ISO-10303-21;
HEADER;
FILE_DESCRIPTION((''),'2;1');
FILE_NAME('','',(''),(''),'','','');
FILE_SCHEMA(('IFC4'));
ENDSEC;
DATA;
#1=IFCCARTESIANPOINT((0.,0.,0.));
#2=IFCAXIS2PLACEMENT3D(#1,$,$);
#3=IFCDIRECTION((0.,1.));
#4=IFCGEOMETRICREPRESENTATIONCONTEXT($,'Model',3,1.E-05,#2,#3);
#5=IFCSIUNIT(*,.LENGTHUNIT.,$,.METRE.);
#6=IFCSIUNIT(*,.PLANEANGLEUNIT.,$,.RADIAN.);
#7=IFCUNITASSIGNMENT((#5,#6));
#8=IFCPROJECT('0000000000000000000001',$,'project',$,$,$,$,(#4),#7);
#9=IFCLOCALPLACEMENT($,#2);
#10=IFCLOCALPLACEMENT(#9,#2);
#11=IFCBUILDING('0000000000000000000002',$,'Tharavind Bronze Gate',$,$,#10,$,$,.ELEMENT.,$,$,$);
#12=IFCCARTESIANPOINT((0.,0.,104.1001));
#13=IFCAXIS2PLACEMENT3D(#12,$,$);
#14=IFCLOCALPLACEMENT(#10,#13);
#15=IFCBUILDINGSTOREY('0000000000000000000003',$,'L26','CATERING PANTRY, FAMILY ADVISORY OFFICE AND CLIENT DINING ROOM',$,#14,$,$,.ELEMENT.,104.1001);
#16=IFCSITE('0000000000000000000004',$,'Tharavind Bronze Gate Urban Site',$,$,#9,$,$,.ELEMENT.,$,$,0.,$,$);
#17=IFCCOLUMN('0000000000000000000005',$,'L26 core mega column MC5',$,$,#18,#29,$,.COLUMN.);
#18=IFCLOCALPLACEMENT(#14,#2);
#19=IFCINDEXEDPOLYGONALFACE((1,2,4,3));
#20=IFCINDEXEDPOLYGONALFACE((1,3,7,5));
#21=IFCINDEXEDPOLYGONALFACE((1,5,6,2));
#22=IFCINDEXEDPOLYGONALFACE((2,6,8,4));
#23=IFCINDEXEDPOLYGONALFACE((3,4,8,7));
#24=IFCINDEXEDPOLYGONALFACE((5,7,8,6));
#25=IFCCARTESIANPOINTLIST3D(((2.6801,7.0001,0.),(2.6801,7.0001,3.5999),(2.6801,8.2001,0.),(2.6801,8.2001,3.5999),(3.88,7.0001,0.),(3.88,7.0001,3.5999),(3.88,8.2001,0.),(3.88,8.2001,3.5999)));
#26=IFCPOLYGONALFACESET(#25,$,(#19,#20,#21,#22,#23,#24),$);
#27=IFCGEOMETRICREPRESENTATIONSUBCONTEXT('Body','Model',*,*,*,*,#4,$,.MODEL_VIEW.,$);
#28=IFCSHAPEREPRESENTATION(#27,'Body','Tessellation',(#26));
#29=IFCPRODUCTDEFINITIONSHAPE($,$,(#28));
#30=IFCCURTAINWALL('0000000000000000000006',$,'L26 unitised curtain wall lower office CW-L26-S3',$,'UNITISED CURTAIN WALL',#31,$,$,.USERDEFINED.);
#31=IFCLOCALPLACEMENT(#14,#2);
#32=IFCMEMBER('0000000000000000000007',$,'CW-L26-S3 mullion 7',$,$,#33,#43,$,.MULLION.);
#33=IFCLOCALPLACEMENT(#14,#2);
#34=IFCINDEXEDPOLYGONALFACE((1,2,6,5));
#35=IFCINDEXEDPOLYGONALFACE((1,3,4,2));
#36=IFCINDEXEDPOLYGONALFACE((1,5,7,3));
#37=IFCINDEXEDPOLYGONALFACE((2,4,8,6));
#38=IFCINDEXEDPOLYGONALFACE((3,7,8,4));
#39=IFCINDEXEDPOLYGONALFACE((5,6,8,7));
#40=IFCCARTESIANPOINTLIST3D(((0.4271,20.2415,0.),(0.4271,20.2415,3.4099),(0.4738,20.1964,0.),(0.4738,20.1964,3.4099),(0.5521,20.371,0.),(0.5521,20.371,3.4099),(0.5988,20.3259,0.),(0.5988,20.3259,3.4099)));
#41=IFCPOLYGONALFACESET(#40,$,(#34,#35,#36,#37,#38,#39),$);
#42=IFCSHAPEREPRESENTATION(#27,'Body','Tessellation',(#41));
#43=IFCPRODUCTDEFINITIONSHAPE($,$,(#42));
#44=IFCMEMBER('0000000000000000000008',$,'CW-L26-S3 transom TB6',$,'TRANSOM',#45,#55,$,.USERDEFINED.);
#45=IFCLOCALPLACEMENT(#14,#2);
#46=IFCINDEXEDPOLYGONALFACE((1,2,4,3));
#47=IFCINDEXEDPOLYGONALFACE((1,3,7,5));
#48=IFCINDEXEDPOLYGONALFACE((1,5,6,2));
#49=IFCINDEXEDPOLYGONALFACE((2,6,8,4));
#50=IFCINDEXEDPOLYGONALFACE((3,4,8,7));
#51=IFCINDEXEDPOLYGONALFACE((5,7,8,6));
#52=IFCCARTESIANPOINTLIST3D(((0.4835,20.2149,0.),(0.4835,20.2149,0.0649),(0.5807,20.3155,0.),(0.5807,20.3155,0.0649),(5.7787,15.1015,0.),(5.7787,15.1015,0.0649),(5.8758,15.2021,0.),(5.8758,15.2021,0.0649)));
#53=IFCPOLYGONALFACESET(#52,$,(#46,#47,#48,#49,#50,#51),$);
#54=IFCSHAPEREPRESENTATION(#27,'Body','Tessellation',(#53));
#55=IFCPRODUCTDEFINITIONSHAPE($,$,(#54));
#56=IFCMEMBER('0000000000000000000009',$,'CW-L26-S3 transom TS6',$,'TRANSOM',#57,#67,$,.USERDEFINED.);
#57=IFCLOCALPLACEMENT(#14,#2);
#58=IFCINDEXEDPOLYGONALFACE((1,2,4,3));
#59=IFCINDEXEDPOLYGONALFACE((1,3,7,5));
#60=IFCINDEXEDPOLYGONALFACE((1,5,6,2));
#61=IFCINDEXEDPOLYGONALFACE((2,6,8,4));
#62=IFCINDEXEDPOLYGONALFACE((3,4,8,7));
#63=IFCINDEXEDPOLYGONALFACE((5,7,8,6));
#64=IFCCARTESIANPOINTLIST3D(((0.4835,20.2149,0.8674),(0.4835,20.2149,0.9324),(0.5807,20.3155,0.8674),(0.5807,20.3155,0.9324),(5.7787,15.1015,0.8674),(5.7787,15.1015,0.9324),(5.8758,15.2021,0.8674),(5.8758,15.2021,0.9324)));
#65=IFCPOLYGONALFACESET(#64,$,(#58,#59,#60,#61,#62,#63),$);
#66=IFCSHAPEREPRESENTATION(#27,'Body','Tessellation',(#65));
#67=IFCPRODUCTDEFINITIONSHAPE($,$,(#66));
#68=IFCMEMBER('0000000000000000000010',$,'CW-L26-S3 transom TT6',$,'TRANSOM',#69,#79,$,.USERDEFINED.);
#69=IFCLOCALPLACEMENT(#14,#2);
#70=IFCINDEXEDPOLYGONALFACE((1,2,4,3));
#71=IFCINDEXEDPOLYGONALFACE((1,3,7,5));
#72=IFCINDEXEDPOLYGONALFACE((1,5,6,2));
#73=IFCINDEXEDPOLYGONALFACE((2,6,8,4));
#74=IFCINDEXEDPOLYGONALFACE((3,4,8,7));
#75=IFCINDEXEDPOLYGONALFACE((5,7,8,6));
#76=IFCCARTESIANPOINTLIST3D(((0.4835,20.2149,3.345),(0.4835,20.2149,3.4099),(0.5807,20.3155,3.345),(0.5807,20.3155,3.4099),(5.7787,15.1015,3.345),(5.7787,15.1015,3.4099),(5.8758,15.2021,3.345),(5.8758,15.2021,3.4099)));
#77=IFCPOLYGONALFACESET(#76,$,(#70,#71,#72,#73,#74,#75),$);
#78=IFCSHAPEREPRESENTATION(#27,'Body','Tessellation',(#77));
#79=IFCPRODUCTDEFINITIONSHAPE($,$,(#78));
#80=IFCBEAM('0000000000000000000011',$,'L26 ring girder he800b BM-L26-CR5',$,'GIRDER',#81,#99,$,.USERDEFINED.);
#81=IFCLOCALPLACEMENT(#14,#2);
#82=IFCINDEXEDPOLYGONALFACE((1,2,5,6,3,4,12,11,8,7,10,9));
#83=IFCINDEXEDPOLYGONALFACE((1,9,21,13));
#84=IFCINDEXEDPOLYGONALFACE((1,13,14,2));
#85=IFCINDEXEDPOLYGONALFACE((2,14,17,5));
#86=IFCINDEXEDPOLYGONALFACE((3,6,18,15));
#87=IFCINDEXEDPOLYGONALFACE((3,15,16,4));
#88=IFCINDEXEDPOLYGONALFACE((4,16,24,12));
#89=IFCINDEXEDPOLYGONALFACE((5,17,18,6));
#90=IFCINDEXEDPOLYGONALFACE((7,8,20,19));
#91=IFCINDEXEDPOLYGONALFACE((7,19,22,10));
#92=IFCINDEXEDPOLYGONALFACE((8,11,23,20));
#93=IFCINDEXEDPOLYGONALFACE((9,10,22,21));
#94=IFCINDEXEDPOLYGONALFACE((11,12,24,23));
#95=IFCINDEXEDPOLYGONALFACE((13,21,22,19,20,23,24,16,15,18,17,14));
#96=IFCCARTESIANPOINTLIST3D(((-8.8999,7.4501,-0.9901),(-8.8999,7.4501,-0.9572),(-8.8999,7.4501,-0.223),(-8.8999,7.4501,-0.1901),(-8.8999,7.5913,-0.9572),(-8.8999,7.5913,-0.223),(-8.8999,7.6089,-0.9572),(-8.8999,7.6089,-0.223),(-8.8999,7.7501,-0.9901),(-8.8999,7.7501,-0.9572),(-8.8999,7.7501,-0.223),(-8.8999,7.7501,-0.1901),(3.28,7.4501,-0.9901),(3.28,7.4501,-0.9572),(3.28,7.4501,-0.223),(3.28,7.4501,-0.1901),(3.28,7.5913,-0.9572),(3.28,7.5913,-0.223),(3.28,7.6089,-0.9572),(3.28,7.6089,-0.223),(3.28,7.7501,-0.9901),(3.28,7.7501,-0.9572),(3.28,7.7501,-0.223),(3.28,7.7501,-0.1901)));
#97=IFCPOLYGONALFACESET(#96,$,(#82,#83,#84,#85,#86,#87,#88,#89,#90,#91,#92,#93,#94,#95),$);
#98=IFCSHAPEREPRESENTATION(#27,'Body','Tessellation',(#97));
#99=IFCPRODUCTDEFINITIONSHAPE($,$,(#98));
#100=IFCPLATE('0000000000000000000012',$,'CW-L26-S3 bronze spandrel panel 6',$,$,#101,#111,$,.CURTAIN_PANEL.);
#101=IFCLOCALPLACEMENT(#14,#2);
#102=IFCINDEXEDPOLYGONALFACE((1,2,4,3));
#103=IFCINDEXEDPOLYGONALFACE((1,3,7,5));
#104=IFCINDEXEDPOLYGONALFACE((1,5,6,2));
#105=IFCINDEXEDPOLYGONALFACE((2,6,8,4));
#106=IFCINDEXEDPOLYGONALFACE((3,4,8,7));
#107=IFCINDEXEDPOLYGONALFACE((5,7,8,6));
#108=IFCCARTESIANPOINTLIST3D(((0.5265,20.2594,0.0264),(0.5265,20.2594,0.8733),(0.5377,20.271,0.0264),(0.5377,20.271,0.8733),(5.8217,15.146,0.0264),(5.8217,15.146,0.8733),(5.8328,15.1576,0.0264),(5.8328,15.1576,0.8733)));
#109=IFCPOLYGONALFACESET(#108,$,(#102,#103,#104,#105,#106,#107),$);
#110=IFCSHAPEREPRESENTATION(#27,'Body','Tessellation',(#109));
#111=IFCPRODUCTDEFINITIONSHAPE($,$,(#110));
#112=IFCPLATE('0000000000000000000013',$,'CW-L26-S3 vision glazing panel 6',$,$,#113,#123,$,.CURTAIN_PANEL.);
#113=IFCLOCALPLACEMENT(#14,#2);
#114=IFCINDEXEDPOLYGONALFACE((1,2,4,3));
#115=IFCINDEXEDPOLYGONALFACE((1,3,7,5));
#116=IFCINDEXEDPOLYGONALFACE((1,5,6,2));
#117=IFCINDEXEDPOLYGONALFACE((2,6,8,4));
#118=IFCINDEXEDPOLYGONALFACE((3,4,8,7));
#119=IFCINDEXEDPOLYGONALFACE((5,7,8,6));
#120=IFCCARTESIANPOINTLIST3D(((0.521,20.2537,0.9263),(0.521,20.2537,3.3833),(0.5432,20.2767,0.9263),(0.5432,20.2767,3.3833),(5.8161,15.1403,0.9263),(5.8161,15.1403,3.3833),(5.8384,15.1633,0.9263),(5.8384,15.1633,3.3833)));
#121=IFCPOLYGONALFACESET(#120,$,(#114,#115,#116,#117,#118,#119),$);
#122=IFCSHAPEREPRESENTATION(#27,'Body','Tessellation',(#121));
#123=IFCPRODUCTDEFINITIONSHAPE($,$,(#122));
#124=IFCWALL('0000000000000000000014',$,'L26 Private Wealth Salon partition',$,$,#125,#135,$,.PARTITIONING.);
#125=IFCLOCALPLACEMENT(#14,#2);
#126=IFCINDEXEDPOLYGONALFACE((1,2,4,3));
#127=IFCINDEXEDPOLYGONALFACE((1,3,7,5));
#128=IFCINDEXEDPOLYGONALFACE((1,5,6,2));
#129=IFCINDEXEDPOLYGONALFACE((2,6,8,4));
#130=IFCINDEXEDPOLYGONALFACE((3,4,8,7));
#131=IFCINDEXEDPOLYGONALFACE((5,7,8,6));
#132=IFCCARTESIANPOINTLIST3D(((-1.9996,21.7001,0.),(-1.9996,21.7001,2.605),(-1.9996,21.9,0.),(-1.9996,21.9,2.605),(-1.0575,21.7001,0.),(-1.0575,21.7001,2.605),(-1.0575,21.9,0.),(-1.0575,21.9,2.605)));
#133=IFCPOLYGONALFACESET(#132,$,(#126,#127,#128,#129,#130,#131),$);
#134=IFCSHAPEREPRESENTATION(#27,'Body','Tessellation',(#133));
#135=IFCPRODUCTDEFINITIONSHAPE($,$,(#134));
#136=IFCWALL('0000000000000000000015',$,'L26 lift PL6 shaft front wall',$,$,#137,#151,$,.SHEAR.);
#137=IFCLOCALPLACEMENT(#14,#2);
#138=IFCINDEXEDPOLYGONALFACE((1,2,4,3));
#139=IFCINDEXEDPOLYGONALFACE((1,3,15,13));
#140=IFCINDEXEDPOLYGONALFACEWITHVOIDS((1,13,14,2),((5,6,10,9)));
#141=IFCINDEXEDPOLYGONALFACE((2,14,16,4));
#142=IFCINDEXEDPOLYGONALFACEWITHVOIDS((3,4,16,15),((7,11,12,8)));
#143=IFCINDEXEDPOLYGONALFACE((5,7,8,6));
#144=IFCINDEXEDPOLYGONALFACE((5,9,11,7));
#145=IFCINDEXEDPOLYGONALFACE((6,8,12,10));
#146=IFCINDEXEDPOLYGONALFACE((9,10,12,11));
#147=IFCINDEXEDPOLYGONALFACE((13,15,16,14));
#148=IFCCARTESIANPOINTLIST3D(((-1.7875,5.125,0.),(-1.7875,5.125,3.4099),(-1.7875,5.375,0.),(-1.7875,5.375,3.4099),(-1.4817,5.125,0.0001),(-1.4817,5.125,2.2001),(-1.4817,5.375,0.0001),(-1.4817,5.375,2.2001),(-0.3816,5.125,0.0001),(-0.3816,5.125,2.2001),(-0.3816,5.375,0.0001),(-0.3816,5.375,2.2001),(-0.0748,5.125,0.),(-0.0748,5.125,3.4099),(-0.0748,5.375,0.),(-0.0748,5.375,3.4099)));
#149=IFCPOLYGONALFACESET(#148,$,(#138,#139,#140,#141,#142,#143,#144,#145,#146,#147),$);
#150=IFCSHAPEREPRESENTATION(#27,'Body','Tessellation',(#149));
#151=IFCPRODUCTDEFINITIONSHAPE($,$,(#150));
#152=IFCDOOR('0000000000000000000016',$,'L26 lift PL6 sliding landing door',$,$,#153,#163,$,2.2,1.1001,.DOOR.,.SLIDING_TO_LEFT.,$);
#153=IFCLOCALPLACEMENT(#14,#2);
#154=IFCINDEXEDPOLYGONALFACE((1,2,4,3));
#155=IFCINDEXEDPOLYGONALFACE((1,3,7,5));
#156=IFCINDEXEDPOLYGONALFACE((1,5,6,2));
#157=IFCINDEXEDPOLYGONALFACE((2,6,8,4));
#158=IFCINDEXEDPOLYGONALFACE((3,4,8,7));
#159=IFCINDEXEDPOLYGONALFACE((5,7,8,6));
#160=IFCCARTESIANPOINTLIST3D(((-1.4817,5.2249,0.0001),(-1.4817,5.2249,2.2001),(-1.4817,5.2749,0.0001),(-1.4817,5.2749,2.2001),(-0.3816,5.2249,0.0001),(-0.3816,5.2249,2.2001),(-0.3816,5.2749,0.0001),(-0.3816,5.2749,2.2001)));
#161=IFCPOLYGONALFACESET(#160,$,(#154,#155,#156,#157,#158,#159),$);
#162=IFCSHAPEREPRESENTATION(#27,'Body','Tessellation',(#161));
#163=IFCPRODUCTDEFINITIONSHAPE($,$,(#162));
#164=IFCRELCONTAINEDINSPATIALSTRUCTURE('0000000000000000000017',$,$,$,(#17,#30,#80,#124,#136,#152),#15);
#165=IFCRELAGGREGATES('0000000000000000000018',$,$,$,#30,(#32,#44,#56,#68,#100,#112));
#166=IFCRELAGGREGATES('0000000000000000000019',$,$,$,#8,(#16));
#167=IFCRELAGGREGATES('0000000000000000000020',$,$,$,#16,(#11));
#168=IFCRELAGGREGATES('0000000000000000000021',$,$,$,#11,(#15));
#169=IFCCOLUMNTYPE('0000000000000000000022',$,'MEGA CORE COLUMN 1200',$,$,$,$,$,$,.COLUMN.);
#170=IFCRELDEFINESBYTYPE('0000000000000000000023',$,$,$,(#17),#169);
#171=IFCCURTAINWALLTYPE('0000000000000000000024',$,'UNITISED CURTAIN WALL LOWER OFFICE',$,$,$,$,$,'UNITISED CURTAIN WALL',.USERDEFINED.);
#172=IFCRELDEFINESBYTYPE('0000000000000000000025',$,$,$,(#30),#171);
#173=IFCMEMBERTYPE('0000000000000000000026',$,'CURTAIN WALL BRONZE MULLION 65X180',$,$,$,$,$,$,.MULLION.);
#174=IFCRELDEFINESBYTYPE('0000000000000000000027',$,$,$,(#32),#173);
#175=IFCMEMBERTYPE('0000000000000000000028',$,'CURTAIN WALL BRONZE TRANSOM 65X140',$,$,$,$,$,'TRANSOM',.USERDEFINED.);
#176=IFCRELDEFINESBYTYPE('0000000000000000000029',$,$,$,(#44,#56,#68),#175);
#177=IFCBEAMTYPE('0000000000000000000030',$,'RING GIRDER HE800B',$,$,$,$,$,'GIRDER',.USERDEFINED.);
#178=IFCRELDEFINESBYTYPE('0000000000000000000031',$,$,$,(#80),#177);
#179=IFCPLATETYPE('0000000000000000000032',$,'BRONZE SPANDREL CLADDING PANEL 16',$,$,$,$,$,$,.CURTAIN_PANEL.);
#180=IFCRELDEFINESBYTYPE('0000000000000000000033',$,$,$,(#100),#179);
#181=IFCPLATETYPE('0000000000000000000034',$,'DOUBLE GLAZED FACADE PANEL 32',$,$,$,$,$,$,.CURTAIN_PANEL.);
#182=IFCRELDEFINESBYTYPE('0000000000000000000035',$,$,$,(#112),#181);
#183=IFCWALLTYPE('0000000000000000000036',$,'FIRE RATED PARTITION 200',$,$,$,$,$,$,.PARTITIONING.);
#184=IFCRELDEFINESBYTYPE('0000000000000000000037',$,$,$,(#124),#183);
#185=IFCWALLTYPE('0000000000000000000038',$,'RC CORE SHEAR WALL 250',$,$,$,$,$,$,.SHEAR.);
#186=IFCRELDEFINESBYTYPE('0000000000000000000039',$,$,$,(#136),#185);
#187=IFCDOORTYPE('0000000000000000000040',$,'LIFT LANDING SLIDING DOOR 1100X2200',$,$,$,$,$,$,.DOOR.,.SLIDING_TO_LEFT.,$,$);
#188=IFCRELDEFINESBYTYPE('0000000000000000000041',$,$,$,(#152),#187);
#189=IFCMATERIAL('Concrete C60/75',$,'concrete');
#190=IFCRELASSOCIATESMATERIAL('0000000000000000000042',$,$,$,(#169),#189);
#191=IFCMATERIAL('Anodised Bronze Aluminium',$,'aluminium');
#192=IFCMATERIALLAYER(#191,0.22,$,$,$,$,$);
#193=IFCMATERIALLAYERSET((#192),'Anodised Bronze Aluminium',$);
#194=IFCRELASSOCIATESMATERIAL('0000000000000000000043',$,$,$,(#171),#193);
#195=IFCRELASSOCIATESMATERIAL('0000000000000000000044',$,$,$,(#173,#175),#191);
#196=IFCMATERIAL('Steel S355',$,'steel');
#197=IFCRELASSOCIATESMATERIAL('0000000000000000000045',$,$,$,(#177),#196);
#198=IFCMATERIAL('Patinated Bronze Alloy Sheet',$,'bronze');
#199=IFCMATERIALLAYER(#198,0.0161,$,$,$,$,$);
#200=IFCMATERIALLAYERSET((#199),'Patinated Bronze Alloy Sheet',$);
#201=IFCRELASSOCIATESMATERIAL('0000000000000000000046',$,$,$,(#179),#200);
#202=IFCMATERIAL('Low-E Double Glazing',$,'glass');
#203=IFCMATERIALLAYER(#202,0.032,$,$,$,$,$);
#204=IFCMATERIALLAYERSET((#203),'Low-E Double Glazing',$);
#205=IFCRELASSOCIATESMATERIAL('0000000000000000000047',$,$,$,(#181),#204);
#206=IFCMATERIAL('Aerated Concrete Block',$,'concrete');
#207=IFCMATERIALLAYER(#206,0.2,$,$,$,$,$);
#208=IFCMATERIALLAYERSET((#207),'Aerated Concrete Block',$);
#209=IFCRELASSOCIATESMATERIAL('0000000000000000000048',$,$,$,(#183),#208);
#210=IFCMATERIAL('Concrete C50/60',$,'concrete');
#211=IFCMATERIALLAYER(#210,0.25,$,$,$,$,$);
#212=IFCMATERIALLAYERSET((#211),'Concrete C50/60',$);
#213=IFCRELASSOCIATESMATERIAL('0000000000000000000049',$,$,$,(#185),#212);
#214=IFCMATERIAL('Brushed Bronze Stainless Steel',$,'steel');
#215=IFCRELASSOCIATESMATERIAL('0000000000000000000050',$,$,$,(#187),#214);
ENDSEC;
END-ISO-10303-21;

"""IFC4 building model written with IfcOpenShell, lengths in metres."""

from ifc_helpers import new_model, si_unit, direction, frame, frame_2d, origin, origin_2d, place, context, subcontext, project, spatial, rectangle, i_section, extrude, material, layer, layer_set, material_profile, profile_set, type_object, element, fill, aggregate, save


model = new_model("IFC4")

# Units and contexts
model_context = context("Model", 3, precision=1e-05, world=origin(), true_north=direction((0.0, 1.0)))
body_context = subcontext(model_context, "Body", "Model", "MODEL_VIEW")
ifc_project = project(units=[si_unit("LENGTHUNIT", "METRE"), si_unit("PLANEANGLEUNIT", "RADIAN")], contexts=[model_context])

# Site, building, storey
site_placement = place(None, origin())
site = spatial("IfcSite", under=ifc_project, at=site_placement, Name="Tharavind Bronze Gate Urban Site", CompositionType="ELEMENT", RefElevation=0.0)
building_placement = place(site_placement, origin())
building = spatial("IfcBuilding", under=site, at=building_placement, Name="Tharavind Bronze Gate", CompositionType="ELEMENT")
storey_placement = place(building_placement, frame((0.0, 0.0, 104.1001)))
storey = spatial("IfcBuildingStorey", under=building, at=storey_placement, Name="L26", Description="CATERING PANTRY, FAMILY ADVISORY OFFICE AND CLIENT DINING ROOM", CompositionType="ELEMENT", Elevation=104.1001)

# Column
ifc_material_1 = material(Name="Concrete C60/75", Category="concrete")
ifc_material_profile_1 = material_profile(ifc_material_1, rectangle(XDim=1.2, YDim=1.2, at=origin_2d()), Name="RCCOL1200")
ifc_profile_set_1 = profile_set([ifc_material_profile_1], Name="Concrete C60/75")
column_type = type_object("IfcColumnType", Name="MEGA CORE COLUMN 1200", PredefinedType="COLUMN", material=ifc_profile_set_1)
column_placement = place(storey_placement, frame((3.28, 7.6001, 0.0), z_axis=(0.0, 0.0, 1.0), x_axis=(1.0, 0.0, 0.0)))
element("IfcColumn", 1, at=column_placement, inside=storey, type_object=column_type, Name="L26 core mega column MC5", PredefinedType="COLUMN", context=body_context, shape_type="SweptSolid", body=[
    extrude(rectangle(XDim=1.2, YDim=1.2, at=origin_2d()), origin(), (0.0, 0.0, 1.0), 3.5999),
])

# Curtain wall, members
ifc_material_2 = material(Name="Anodised Bronze Aluminium", Category="aluminium")
ifc_layer_1 = layer(ifc_material_2, 0.22)
ifc_layer_set_1 = layer_set([ifc_layer_1], Name="Anodised Bronze Aluminium")
curtain_wall_type = type_object("IfcCurtainWallType", Name="UNITISED CURTAIN WALL LOWER OFFICE", ElementType="UNITISED CURTAIN WALL", PredefinedType="USERDEFINED", material=ifc_layer_set_1)
curtain_wall_placement = place(storey_placement, origin())
curtain_wall = element("IfcCurtainWall", 2, at=curtain_wall_placement, inside=storey, type_object=curtain_wall_type, Name="L26 unitised curtain wall lower office CW-L26-S3", ObjectType="UNITISED CURTAIN WALL", PredefinedType="USERDEFINED")
member_type_1 = type_object("IfcMemberType", Name="CURTAIN WALL BRONZE MULLION 65X180", PredefinedType="MULLION", material=ifc_material_2)
member_1_placement = place(storey_placement, frame((0.5129, 20.2837, 0.0), z_axis=(0.0, 0.0, 1.0), x_axis=(-0.719341, 0.694657, 0.0)))
member_1 = element("IfcMember", 3, at=member_1_placement, type_object=member_type_1, Name="CW-L26-S3 mullion 7", PredefinedType="MULLION", context=body_context, shape_type="SweptSolid", body=[
    extrude(rectangle(XDim=0.0649, YDim=0.1799, at=origin_2d()), origin(), (0.0, 0.0, 1.0), 3.4099),
])
member_type_2 = type_object("IfcMemberType", Name="CURTAIN WALL BRONZE TRANSOM 65X140", ElementType="TRANSOM", PredefinedType="USERDEFINED", material=ifc_material_2)
member_2_placement = place(storey_placement, frame((3.1797, 17.7085, 0.0), z_axis=(0.0, 0.0, 1.0), x_axis=(-0.719341, 0.694657, 0.0)))
member_2 = element("IfcMember", 4, at=member_2_placement, type_object=member_type_2, Name="CW-L26-S3 transom TB6", ObjectType="TRANSOM", PredefinedType="USERDEFINED", context=body_context, shape_type="SweptSolid", body=[
    extrude(rectangle(XDim=7.3611, YDim=0.1399, at=origin_2d()), origin(), (0.0, 0.0, 1.0), 0.0649),
])
member_3_placement = place(storey_placement, frame((3.1797, 17.7085, 0.8674), z_axis=(0.0, 0.0, 1.0), x_axis=(-0.719341, 0.694657, 0.0)))
member_3 = element("IfcMember", 5, at=member_3_placement, type_object=member_type_2, Name="CW-L26-S3 transom TS6", ObjectType="TRANSOM", PredefinedType="USERDEFINED", context=body_context, shape_type="SweptSolid", body=[
    extrude(rectangle(XDim=7.3611, YDim=0.1399, at=origin_2d()), origin(), (0.0, 0.0, 1.0), 0.0649),
])
member_4_placement = place(storey_placement, frame((3.1797, 17.7085, 3.345), z_axis=(0.0, 0.0, 1.0), x_axis=(-0.719341, 0.694657, 0.0)))
member_4 = element("IfcMember", 6, at=member_4_placement, type_object=member_type_2, Name="CW-L26-S3 transom TT6", ObjectType="TRANSOM", PredefinedType="USERDEFINED", context=body_context, shape_type="SweptSolid", body=[
    extrude(rectangle(XDim=7.3611, YDim=0.1399, at=origin_2d()), origin(), (0.0, 0.0, 1.0), 0.0649),
])

# Beam
ifc_material_3 = material(Name="Steel S355", Category="steel")
ifc_material_profile_2 = material_profile(ifc_material_3, i_section(OverallWidth=0.3, OverallDepth=0.8, WebThickness=0.0176, FlangeThickness=0.033, at=origin_2d()), Name="HE800B")
ifc_profile_set_2 = profile_set([ifc_material_profile_2], Name="Steel S355")
beam_type = type_object("IfcBeamType", Name="RING GIRDER HE800B", ElementType="GIRDER", PredefinedType="USERDEFINED", material=ifc_profile_set_2)
beam_placement = place(storey_placement, frame((3.28, 7.6001, -0.5901), z_axis=(-1.0, 0.0, 0.0), x_axis=(0.0, -1.0, 0.0)))
element("IfcBeam", 7, at=beam_placement, inside=storey, type_object=beam_type, Name="L26 ring girder he800b BM-L26-CR5", ObjectType="GIRDER", PredefinedType="USERDEFINED", context=body_context, shape_type="SweptSolid", body=[
    extrude(i_section(OverallWidth=0.3, OverallDepth=0.8, WebThickness=0.0176, FlangeThickness=0.033, at=origin_2d()), origin(), (0.0, 0.0, 1.0), 12.1799),
])

# Plates
ifc_material_4 = material(Name="Patinated Bronze Alloy Sheet", Category="bronze")
ifc_layer_2 = layer(ifc_material_4, 0.0161)
ifc_layer_set_2 = layer_set([ifc_layer_2], Name="Patinated Bronze Alloy Sheet")
plate_type_1 = type_object("IfcPlateType", Name="BRONZE SPANDREL CLADDING PANEL 16", PredefinedType="CURTAIN_PANEL", material=ifc_layer_set_2)
plate_1_placement = place(storey_placement, frame((3.1797, 17.7085, 0.0264), z_axis=(0.0, 0.0, 1.0), x_axis=(-0.719341, 0.694657, 0.0)))
plate_1 = element("IfcPlate", 8, at=plate_1_placement, type_object=plate_type_1, Name="CW-L26-S3 bronze spandrel panel 6", PredefinedType="CURTAIN_PANEL", context=body_context, shape_type="SweptSolid", body=[
    extrude(rectangle(XDim=7.3611, YDim=0.0161, at=origin_2d()), origin(), (0.0, 0.0, 1.0), 0.8469),
])
ifc_material_5 = material(Name="Low-E Double Glazing", Category="glass")
ifc_layer_3 = layer(ifc_material_5, 0.032)
ifc_layer_set_3 = layer_set([ifc_layer_3], Name="Low-E Double Glazing")
plate_type_2 = type_object("IfcPlateType", Name="DOUBLE GLAZED FACADE PANEL 32", PredefinedType="CURTAIN_PANEL", material=ifc_layer_set_3)
plate_2_placement = place(storey_placement, frame((3.1797, 17.7085, 0.9263), z_axis=(0.0, 0.0, 1.0), x_axis=(-0.719341, 0.694657, 0.0)))
plate_2 = element("IfcPlate", 9, at=plate_2_placement, type_object=plate_type_2, Name="CW-L26-S3 vision glazing panel 6", PredefinedType="CURTAIN_PANEL", context=body_context, shape_type="SweptSolid", body=[
    extrude(rectangle(XDim=7.3611, YDim=0.032, at=origin_2d()), origin(), (0.0, 0.0, 1.0), 2.457),
])
aggregate(curtain_wall, [member_1, member_2, member_3, member_4, plate_1, plate_2])

# Wall
ifc_material_6 = material(Name="Aerated Concrete Block", Category="concrete")
ifc_layer_4 = layer(ifc_material_6, 0.2)
ifc_layer_set_4 = layer_set([ifc_layer_4], Name="Aerated Concrete Block")
wall_type_1 = type_object("IfcWallType", Name="FIRE RATED PARTITION 200", PredefinedType="PARTITIONING", material=ifc_layer_set_4)
wall_1_placement = place(storey_placement, frame((-1.0574, 21.8, 0.0), z_axis=(0.0, 0.0, 1.0), x_axis=(-1.0, 0.0, 0.0)))
element("IfcWall", 10, at=wall_1_placement, inside=storey, type_object=wall_type_1, Name="L26 Private Wealth Salon partition", PredefinedType="PARTITIONING", context=body_context, shape_type="SweptSolid", body=[
    extrude(rectangle(XDim=0.9421, YDim=0.2, at=frame_2d((0.4712, 0.0))), origin(), (0.0, 0.0, 1.0), 2.605),
])

# Wall, opening, door
ifc_material_7 = material(Name="Concrete C50/60", Category="concrete")
ifc_layer_5 = layer(ifc_material_7, 0.25)
ifc_layer_set_5 = layer_set([ifc_layer_5], Name="Concrete C50/60")
wall_type_2 = type_object("IfcWallType", Name="RC CORE SHEAR WALL 250", PredefinedType="SHEAR", material=ifc_layer_set_5)
wall_2_placement = place(storey_placement, frame((-1.7876, 5.25, 0.0), z_axis=(0.0, 0.0, 1.0), x_axis=(1.0, 0.0, 0.0)))
wall_2 = element("IfcWall", 11, at=wall_2_placement, inside=storey, type_object=wall_type_2, Name="L26 lift PL6 shaft front wall", PredefinedType="SHEAR", context=body_context, shape_type="SweptSolid", body=[
    extrude(rectangle(XDim=1.7126, YDim=0.25, at=frame_2d((0.8564, 0.0))), origin(), (0.0, 0.0, 1.0), 3.4099),
])
opening_1_placement = place(wall_2_placement, frame((0.3059, 0.0, 0.0)))
opening_1 = element("IfcOpeningElement", 12, at=opening_1_placement, cuts=wall_2, PredefinedType="OPENING", context=body_context, shape_type="SweptSolid", body=[
    extrude(rectangle(XDim=1.1001, YDim=2.2, at=frame_2d((0.55, 1.1001))), frame((0.0, 0.135, 0.0), z_axis=(0.0, -1.0, 0.0), x_axis=(1.0, 0.0, 0.0)), (0.0, 0.0, 1.0), 0.27),
])
ifc_material_8 = material(Name="Brushed Bronze Stainless Steel", Category="steel")
door_type_1 = type_object("IfcDoorType", Name="LIFT LANDING SLIDING DOOR 1100X2200", OperationType="SLIDING_TO_LEFT", PredefinedType="DOOR", material=ifc_material_8)
door_1_placement = place(opening_1_placement, origin())
door_1 = element("IfcDoor", 13, at=door_1_placement, inside=storey, type_object=door_type_1, Name="L26 lift PL6 sliding landing door", OperationType="SLIDING_TO_LEFT", OverallHeight=2.2, OverallWidth=1.1001, PredefinedType="DOOR", context=body_context, shape_type="SweptSolid", body=[
    extrude(rectangle(XDim=1.1001, YDim=2.2, at=frame_2d((0.55, 1.1001))), frame((0.0, 0.0249, 0.0), z_axis=(0.0, -1.0, 0.0), x_axis=(1.0, 0.0, 0.0)), (0.0, 0.0, 1.0), 0.05),
])
fill(opening_1, door_1)

save(model, "model.ifc")
